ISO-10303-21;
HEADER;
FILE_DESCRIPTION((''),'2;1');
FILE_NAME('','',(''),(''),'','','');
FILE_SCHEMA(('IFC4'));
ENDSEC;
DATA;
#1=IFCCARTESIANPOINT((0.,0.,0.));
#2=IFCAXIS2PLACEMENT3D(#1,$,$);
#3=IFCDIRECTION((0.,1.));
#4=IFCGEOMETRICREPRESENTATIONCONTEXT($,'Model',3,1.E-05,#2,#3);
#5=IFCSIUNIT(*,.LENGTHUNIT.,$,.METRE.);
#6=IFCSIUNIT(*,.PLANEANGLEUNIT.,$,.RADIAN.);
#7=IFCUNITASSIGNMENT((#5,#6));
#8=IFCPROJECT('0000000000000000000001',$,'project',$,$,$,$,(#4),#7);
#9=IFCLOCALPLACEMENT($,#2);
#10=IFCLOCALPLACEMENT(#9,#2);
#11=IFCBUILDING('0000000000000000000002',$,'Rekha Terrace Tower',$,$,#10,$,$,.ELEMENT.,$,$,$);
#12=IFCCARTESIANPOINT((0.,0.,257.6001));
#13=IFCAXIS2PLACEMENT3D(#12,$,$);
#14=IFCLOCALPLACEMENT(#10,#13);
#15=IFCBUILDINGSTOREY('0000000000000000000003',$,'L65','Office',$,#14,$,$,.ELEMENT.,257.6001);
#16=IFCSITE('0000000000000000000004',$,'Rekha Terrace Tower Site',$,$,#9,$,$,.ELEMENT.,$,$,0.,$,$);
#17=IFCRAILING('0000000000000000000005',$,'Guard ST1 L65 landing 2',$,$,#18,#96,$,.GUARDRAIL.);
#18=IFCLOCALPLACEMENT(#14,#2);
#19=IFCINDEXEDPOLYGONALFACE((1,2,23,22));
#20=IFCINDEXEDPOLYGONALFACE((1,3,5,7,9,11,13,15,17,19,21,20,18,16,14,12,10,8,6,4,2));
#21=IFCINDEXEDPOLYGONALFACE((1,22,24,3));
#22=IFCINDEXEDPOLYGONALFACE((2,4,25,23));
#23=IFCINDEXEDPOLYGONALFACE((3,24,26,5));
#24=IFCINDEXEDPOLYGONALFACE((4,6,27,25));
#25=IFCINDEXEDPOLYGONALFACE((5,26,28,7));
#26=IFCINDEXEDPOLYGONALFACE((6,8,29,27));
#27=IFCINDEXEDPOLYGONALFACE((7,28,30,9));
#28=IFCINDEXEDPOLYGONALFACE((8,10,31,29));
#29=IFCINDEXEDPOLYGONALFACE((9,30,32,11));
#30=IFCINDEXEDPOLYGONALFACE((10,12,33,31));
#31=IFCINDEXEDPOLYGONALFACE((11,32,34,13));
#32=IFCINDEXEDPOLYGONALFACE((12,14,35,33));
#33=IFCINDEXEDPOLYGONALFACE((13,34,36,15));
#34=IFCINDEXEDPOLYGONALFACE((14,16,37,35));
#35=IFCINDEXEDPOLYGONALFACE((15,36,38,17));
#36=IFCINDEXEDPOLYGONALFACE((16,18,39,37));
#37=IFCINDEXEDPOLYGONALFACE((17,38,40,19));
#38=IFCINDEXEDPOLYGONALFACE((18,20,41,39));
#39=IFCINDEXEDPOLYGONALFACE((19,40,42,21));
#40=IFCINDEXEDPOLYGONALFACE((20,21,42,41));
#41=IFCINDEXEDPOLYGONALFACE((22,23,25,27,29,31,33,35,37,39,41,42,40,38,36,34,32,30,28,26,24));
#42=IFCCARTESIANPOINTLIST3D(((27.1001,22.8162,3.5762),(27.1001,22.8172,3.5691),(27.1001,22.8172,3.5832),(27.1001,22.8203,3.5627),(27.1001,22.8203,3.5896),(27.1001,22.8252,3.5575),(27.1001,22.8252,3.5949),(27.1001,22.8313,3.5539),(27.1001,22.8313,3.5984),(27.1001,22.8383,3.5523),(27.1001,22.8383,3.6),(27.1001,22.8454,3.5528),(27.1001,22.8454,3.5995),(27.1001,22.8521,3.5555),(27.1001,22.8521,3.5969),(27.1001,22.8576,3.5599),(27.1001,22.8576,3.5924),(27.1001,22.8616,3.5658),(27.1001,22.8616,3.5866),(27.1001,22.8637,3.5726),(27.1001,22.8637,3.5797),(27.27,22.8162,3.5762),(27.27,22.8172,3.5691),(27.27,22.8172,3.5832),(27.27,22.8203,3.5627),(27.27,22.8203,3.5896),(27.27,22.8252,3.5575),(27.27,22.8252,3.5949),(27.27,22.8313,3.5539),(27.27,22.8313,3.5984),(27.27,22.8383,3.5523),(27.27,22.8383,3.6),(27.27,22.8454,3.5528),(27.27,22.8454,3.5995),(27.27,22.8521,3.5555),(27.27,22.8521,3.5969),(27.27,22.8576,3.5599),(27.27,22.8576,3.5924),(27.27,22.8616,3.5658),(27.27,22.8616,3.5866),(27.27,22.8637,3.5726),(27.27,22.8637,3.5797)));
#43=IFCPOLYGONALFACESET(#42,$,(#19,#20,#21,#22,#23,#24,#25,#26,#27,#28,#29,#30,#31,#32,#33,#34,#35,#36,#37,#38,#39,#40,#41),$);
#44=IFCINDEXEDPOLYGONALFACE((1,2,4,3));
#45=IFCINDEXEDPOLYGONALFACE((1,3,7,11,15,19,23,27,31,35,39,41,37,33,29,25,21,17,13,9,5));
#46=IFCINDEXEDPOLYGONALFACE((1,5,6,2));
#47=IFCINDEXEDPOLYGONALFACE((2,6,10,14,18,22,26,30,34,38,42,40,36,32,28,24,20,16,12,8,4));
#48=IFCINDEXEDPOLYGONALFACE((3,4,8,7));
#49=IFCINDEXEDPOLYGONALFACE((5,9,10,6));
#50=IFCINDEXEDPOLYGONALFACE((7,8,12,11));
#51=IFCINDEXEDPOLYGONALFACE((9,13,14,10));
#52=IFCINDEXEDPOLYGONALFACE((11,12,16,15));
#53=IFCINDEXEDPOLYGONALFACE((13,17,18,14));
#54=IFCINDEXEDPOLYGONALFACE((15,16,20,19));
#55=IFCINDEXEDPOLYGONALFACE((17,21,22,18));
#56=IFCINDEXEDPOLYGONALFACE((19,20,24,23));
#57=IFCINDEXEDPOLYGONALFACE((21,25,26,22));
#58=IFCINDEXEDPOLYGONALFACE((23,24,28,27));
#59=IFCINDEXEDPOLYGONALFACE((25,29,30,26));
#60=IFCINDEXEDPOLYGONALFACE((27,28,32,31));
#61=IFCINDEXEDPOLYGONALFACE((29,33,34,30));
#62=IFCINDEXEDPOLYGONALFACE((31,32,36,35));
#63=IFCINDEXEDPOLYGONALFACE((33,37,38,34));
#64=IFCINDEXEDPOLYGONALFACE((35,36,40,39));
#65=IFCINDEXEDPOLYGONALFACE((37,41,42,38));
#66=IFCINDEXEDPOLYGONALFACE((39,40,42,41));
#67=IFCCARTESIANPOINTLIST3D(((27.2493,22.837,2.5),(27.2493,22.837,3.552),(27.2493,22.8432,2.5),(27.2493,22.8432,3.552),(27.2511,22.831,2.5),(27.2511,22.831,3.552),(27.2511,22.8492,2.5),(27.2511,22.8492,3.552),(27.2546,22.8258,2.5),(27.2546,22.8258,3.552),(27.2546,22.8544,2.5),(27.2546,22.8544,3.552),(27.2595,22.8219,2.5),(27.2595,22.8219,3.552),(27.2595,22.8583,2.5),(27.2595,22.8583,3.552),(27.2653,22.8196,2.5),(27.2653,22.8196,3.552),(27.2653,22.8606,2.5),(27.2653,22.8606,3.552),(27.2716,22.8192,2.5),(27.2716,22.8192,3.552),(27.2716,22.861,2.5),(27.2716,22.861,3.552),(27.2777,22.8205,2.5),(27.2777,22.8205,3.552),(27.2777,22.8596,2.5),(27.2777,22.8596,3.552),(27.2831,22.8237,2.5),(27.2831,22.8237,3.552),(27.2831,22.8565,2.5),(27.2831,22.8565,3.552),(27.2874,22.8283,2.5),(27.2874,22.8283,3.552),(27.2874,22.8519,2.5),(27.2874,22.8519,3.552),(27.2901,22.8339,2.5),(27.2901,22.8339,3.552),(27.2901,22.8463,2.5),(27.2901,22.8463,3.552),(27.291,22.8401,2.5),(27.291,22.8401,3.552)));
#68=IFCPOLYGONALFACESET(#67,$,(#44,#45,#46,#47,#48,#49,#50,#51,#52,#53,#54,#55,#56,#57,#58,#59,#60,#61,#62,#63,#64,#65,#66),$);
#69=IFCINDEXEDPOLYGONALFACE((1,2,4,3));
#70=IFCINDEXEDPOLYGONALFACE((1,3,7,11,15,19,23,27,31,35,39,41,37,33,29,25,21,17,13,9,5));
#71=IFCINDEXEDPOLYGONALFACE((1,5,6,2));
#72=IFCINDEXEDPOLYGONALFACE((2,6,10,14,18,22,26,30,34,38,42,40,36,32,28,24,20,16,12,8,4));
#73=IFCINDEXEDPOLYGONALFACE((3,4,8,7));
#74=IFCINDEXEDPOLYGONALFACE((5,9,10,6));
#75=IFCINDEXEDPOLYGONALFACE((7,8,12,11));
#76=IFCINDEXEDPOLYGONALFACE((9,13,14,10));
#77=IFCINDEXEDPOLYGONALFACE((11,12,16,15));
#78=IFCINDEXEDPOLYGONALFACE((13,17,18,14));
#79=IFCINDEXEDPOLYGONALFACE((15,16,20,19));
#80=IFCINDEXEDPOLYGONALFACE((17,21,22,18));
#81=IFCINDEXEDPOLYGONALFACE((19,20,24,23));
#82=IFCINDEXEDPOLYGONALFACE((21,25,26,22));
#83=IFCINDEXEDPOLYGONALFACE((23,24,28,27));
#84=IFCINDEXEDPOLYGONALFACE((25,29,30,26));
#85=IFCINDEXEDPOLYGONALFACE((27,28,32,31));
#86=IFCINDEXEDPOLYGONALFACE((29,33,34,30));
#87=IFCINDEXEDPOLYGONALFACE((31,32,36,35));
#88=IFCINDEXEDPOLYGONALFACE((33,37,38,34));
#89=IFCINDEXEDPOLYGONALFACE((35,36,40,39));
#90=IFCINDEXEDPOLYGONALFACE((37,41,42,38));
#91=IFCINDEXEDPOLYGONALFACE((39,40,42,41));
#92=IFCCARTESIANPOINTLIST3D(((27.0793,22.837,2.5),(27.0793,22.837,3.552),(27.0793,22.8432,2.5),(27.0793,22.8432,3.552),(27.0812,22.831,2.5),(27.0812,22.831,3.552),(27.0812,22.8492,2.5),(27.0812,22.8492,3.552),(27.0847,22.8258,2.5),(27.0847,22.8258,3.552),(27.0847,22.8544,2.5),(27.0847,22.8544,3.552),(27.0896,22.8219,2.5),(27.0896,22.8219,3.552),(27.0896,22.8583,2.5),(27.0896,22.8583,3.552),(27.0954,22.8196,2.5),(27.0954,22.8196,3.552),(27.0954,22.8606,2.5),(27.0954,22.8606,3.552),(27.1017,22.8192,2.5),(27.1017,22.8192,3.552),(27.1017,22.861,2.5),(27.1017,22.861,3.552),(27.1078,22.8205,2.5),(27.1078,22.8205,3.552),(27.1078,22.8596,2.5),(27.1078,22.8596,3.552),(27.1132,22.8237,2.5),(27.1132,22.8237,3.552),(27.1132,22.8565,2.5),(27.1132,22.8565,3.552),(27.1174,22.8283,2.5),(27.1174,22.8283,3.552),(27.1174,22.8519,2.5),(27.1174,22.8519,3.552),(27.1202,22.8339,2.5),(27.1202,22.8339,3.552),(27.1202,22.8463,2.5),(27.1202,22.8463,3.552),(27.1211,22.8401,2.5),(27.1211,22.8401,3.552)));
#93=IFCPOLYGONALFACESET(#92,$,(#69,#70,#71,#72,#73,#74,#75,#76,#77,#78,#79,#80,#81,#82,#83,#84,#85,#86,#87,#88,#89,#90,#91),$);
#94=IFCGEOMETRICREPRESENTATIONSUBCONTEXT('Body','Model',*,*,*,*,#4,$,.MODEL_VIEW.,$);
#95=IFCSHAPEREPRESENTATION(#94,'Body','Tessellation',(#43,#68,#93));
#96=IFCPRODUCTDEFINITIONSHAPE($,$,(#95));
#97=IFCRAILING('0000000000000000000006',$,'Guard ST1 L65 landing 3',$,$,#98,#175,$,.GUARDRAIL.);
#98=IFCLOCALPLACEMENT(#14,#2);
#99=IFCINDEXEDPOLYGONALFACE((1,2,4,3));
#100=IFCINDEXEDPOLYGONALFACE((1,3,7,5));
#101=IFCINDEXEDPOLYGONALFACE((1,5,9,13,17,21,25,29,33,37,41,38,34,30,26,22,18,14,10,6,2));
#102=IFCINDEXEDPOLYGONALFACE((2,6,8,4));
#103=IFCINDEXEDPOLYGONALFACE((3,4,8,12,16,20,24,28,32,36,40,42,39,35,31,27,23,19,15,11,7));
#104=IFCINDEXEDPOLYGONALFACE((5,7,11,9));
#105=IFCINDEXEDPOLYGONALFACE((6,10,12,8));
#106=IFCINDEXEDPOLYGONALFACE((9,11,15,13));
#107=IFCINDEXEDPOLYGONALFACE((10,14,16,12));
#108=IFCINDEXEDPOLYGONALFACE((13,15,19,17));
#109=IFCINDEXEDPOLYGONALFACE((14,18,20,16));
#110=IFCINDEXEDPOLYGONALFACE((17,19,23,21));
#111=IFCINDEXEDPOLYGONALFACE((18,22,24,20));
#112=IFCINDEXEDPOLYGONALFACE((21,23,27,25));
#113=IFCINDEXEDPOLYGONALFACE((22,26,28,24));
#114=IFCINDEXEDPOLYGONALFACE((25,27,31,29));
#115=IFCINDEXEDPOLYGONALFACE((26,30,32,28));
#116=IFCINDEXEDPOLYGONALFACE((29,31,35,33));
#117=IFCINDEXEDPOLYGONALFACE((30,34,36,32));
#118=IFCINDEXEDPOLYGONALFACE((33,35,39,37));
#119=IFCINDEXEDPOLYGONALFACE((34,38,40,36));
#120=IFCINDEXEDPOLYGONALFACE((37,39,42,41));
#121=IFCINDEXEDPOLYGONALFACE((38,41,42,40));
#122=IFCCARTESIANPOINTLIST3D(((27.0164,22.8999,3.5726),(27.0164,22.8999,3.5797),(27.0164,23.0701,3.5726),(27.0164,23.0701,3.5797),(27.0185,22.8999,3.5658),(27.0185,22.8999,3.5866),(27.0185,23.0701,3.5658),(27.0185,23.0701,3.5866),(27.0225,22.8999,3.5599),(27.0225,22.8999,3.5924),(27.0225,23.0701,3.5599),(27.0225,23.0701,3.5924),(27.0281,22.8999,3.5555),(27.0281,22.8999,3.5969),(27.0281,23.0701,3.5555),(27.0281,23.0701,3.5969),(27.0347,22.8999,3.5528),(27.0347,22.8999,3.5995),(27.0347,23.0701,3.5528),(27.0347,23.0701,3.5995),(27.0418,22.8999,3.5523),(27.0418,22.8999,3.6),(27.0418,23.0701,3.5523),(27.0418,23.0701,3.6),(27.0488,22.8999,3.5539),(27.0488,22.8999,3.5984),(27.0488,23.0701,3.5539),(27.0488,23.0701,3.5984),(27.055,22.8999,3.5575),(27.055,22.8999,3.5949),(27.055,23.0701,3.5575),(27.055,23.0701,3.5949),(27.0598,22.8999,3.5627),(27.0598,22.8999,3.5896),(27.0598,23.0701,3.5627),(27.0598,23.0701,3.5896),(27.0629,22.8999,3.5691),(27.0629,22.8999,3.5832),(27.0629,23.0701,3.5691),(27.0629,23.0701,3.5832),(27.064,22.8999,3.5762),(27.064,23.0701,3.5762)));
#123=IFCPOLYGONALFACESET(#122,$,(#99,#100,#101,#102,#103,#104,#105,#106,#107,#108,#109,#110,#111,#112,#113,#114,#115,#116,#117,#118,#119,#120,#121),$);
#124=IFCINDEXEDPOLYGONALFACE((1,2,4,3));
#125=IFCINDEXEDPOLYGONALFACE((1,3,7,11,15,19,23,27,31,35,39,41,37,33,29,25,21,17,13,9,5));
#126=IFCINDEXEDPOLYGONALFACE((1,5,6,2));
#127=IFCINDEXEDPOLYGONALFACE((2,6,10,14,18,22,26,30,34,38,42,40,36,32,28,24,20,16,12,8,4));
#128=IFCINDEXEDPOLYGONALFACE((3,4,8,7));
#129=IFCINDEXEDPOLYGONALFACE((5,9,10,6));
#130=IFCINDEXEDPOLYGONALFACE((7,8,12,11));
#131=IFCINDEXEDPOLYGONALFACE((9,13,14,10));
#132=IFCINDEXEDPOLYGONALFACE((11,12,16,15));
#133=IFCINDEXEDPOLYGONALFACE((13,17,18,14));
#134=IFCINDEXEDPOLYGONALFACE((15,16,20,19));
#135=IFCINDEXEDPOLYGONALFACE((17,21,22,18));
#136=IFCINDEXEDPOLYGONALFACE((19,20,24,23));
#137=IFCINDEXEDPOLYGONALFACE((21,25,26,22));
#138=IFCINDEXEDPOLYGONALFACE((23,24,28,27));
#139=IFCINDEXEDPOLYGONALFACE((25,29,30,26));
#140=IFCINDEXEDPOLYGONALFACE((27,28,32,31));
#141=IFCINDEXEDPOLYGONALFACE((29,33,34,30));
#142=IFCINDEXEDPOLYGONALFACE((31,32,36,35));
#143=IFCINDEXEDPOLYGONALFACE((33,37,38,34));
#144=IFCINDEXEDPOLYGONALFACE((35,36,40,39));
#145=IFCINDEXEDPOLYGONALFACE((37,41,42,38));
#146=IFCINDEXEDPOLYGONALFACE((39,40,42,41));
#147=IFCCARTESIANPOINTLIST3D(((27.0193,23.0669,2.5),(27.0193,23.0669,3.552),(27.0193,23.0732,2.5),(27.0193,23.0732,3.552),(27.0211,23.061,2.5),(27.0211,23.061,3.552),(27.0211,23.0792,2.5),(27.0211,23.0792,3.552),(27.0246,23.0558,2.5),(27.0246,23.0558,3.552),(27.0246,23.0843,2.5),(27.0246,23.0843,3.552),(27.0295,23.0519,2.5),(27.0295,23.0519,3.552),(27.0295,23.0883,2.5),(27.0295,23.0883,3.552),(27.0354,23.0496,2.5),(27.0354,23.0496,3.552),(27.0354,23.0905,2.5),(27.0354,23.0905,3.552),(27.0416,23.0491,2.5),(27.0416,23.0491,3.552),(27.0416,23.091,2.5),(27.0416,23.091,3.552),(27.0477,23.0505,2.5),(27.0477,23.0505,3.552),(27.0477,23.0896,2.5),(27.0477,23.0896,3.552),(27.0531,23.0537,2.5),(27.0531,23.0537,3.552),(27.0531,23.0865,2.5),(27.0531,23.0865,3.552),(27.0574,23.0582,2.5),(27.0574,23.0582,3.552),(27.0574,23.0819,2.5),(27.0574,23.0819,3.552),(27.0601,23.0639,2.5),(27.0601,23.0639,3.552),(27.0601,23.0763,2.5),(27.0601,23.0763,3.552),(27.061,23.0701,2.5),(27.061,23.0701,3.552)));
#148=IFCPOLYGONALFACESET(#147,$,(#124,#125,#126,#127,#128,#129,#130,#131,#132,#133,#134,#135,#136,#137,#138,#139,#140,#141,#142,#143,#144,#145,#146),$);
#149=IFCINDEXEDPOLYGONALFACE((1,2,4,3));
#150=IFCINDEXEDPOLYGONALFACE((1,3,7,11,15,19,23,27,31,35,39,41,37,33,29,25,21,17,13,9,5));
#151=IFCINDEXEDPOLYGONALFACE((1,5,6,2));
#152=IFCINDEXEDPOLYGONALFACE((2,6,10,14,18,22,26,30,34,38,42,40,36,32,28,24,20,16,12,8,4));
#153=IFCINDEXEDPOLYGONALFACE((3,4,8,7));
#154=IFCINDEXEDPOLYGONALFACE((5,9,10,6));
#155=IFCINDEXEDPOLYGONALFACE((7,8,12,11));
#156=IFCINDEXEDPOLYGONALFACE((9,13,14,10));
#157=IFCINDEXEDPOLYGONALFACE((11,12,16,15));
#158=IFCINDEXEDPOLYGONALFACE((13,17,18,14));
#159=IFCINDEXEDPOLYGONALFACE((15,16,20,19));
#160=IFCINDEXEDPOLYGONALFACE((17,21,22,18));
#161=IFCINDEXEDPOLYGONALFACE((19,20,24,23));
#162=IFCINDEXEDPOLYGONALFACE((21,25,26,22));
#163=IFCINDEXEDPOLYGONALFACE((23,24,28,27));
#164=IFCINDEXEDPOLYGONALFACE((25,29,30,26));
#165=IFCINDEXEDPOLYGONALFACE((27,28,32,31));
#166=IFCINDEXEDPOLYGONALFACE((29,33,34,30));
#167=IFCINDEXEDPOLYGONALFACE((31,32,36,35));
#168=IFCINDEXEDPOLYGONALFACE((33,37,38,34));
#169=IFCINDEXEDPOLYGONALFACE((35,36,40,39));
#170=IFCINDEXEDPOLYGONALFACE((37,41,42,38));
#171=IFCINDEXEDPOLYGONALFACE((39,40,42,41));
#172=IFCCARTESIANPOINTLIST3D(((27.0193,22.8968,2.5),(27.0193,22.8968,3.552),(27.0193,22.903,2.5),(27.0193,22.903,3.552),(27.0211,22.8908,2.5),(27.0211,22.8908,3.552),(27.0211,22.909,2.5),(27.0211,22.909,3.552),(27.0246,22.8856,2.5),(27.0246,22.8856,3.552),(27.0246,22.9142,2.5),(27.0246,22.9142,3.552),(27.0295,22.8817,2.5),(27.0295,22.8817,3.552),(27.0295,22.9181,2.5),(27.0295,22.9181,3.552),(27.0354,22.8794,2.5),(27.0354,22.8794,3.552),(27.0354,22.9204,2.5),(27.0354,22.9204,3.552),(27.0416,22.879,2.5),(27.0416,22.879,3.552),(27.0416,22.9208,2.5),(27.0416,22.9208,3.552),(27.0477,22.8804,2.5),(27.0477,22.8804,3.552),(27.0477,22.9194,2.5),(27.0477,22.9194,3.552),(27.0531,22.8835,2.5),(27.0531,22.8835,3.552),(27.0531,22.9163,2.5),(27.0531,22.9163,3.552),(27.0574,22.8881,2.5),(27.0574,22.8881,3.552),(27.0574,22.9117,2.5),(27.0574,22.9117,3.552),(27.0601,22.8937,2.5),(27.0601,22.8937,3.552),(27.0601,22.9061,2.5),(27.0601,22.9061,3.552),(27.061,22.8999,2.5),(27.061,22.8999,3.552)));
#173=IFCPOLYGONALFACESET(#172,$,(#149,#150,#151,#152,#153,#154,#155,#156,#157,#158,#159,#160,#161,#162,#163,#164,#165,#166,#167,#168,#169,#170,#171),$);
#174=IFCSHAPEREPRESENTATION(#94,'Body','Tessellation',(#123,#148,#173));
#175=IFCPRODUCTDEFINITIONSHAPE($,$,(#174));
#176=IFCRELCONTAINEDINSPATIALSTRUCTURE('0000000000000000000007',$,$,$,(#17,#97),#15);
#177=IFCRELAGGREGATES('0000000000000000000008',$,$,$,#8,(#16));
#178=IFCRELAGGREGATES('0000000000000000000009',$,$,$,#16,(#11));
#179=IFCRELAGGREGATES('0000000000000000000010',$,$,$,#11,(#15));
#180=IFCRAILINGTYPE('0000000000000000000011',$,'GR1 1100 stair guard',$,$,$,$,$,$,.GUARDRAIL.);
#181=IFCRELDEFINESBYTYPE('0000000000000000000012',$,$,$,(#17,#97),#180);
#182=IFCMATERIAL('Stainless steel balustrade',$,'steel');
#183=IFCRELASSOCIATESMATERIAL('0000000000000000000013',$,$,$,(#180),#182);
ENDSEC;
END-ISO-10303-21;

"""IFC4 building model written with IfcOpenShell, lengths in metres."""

from ifc_helpers import new_model, si_unit, direction, frame, origin, origin_2d, place, context, subcontext, project, spatial, circle, extrude, material, type_object, element, save


model = new_model("IFC4")

# Units and contexts
model_context = context("Model", 3, precision=1e-05, world=origin(), true_north=direction((0.0, 1.0)))
body_context = subcontext(model_context, "Body", "Model", "MODEL_VIEW")
ifc_project = project(units=[si_unit("LENGTHUNIT", "METRE"), si_unit("PLANEANGLEUNIT", "RADIAN")], contexts=[model_context])

# Site, building, storey
site_placement = place(None, origin())
site = spatial("IfcSite", under=ifc_project, at=site_placement, Name="Rekha Terrace Tower Site", CompositionType="ELEMENT", RefElevation=0.0)
building_placement = place(site_placement, origin())
building = spatial("IfcBuilding", under=site, at=building_placement, Name="Rekha Terrace Tower", CompositionType="ELEMENT")
storey_placement = place(building_placement, frame((0.0, 0.0, 257.6001)))
storey = spatial("IfcBuildingStorey", under=building, at=storey_placement, Name="L65", Description="Office", CompositionType="ELEMENT", Elevation=257.6001)

# Railings
ifc_material_1 = material(Name="Stainless steel balustrade", Category="steel")
railing_type_1 = type_object("IfcRailingType", Name="GR1 1100 stair guard", PredefinedType="GUARDRAIL", material=ifc_material_1)
railing_1_placement = place(storey_placement, frame((27.27, 22.8401, 2.5)))
element("IfcRailing", 1, at=railing_1_placement, inside=storey, type_object=railing_type_1, Name="Guard ST1 L65 landing 2", PredefinedType="GUARDRAIL", context=body_context, shape_type="SweptSolid", body=[
    extrude(circle(Radius=0.0239, at=origin_2d()), frame((0.0, 0.0, 1.0762), z_axis=(-1.0, 0.0, 0.0), x_axis=(0.0, -1.0, 0.0)), (0.0, 0.0, 1.0), 0.1699),
    extrude(circle(Radius=0.021, at=origin_2d()), origin(), (0.0, 0.0, 1.0), 1.052),
    extrude(circle(Radius=0.021, at=origin_2d()), frame((-0.1699, 0.0, 0.0)), (0.0, 0.0, 1.0), 1.052),
])
railing_2_placement = place(storey_placement, frame((27.04, 23.0701, 2.5)))
element("IfcRailing", 2, at=railing_2_placement, inside=storey, type_object=railing_type_1, Name="Guard ST1 L65 landing 3", PredefinedType="GUARDRAIL", context=body_context, shape_type="SweptSolid", body=[
    extrude(circle(Radius=0.0239, at=origin_2d()), frame((0.0, 0.0, 1.0762), z_axis=(0.0, -1.0, 0.0), x_axis=(1.0, 0.0, 0.0)), (0.0, 0.0, 1.0), 0.1702),
    extrude(circle(Radius=0.021, at=origin_2d()), origin(), (0.0, 0.0, 1.0), 1.052),
    extrude(circle(Radius=0.021, at=origin_2d()), frame((0.0, -0.1702, 0.0)), (0.0, 0.0, 1.0), 1.052),
])

save(model, "model.ifc")
